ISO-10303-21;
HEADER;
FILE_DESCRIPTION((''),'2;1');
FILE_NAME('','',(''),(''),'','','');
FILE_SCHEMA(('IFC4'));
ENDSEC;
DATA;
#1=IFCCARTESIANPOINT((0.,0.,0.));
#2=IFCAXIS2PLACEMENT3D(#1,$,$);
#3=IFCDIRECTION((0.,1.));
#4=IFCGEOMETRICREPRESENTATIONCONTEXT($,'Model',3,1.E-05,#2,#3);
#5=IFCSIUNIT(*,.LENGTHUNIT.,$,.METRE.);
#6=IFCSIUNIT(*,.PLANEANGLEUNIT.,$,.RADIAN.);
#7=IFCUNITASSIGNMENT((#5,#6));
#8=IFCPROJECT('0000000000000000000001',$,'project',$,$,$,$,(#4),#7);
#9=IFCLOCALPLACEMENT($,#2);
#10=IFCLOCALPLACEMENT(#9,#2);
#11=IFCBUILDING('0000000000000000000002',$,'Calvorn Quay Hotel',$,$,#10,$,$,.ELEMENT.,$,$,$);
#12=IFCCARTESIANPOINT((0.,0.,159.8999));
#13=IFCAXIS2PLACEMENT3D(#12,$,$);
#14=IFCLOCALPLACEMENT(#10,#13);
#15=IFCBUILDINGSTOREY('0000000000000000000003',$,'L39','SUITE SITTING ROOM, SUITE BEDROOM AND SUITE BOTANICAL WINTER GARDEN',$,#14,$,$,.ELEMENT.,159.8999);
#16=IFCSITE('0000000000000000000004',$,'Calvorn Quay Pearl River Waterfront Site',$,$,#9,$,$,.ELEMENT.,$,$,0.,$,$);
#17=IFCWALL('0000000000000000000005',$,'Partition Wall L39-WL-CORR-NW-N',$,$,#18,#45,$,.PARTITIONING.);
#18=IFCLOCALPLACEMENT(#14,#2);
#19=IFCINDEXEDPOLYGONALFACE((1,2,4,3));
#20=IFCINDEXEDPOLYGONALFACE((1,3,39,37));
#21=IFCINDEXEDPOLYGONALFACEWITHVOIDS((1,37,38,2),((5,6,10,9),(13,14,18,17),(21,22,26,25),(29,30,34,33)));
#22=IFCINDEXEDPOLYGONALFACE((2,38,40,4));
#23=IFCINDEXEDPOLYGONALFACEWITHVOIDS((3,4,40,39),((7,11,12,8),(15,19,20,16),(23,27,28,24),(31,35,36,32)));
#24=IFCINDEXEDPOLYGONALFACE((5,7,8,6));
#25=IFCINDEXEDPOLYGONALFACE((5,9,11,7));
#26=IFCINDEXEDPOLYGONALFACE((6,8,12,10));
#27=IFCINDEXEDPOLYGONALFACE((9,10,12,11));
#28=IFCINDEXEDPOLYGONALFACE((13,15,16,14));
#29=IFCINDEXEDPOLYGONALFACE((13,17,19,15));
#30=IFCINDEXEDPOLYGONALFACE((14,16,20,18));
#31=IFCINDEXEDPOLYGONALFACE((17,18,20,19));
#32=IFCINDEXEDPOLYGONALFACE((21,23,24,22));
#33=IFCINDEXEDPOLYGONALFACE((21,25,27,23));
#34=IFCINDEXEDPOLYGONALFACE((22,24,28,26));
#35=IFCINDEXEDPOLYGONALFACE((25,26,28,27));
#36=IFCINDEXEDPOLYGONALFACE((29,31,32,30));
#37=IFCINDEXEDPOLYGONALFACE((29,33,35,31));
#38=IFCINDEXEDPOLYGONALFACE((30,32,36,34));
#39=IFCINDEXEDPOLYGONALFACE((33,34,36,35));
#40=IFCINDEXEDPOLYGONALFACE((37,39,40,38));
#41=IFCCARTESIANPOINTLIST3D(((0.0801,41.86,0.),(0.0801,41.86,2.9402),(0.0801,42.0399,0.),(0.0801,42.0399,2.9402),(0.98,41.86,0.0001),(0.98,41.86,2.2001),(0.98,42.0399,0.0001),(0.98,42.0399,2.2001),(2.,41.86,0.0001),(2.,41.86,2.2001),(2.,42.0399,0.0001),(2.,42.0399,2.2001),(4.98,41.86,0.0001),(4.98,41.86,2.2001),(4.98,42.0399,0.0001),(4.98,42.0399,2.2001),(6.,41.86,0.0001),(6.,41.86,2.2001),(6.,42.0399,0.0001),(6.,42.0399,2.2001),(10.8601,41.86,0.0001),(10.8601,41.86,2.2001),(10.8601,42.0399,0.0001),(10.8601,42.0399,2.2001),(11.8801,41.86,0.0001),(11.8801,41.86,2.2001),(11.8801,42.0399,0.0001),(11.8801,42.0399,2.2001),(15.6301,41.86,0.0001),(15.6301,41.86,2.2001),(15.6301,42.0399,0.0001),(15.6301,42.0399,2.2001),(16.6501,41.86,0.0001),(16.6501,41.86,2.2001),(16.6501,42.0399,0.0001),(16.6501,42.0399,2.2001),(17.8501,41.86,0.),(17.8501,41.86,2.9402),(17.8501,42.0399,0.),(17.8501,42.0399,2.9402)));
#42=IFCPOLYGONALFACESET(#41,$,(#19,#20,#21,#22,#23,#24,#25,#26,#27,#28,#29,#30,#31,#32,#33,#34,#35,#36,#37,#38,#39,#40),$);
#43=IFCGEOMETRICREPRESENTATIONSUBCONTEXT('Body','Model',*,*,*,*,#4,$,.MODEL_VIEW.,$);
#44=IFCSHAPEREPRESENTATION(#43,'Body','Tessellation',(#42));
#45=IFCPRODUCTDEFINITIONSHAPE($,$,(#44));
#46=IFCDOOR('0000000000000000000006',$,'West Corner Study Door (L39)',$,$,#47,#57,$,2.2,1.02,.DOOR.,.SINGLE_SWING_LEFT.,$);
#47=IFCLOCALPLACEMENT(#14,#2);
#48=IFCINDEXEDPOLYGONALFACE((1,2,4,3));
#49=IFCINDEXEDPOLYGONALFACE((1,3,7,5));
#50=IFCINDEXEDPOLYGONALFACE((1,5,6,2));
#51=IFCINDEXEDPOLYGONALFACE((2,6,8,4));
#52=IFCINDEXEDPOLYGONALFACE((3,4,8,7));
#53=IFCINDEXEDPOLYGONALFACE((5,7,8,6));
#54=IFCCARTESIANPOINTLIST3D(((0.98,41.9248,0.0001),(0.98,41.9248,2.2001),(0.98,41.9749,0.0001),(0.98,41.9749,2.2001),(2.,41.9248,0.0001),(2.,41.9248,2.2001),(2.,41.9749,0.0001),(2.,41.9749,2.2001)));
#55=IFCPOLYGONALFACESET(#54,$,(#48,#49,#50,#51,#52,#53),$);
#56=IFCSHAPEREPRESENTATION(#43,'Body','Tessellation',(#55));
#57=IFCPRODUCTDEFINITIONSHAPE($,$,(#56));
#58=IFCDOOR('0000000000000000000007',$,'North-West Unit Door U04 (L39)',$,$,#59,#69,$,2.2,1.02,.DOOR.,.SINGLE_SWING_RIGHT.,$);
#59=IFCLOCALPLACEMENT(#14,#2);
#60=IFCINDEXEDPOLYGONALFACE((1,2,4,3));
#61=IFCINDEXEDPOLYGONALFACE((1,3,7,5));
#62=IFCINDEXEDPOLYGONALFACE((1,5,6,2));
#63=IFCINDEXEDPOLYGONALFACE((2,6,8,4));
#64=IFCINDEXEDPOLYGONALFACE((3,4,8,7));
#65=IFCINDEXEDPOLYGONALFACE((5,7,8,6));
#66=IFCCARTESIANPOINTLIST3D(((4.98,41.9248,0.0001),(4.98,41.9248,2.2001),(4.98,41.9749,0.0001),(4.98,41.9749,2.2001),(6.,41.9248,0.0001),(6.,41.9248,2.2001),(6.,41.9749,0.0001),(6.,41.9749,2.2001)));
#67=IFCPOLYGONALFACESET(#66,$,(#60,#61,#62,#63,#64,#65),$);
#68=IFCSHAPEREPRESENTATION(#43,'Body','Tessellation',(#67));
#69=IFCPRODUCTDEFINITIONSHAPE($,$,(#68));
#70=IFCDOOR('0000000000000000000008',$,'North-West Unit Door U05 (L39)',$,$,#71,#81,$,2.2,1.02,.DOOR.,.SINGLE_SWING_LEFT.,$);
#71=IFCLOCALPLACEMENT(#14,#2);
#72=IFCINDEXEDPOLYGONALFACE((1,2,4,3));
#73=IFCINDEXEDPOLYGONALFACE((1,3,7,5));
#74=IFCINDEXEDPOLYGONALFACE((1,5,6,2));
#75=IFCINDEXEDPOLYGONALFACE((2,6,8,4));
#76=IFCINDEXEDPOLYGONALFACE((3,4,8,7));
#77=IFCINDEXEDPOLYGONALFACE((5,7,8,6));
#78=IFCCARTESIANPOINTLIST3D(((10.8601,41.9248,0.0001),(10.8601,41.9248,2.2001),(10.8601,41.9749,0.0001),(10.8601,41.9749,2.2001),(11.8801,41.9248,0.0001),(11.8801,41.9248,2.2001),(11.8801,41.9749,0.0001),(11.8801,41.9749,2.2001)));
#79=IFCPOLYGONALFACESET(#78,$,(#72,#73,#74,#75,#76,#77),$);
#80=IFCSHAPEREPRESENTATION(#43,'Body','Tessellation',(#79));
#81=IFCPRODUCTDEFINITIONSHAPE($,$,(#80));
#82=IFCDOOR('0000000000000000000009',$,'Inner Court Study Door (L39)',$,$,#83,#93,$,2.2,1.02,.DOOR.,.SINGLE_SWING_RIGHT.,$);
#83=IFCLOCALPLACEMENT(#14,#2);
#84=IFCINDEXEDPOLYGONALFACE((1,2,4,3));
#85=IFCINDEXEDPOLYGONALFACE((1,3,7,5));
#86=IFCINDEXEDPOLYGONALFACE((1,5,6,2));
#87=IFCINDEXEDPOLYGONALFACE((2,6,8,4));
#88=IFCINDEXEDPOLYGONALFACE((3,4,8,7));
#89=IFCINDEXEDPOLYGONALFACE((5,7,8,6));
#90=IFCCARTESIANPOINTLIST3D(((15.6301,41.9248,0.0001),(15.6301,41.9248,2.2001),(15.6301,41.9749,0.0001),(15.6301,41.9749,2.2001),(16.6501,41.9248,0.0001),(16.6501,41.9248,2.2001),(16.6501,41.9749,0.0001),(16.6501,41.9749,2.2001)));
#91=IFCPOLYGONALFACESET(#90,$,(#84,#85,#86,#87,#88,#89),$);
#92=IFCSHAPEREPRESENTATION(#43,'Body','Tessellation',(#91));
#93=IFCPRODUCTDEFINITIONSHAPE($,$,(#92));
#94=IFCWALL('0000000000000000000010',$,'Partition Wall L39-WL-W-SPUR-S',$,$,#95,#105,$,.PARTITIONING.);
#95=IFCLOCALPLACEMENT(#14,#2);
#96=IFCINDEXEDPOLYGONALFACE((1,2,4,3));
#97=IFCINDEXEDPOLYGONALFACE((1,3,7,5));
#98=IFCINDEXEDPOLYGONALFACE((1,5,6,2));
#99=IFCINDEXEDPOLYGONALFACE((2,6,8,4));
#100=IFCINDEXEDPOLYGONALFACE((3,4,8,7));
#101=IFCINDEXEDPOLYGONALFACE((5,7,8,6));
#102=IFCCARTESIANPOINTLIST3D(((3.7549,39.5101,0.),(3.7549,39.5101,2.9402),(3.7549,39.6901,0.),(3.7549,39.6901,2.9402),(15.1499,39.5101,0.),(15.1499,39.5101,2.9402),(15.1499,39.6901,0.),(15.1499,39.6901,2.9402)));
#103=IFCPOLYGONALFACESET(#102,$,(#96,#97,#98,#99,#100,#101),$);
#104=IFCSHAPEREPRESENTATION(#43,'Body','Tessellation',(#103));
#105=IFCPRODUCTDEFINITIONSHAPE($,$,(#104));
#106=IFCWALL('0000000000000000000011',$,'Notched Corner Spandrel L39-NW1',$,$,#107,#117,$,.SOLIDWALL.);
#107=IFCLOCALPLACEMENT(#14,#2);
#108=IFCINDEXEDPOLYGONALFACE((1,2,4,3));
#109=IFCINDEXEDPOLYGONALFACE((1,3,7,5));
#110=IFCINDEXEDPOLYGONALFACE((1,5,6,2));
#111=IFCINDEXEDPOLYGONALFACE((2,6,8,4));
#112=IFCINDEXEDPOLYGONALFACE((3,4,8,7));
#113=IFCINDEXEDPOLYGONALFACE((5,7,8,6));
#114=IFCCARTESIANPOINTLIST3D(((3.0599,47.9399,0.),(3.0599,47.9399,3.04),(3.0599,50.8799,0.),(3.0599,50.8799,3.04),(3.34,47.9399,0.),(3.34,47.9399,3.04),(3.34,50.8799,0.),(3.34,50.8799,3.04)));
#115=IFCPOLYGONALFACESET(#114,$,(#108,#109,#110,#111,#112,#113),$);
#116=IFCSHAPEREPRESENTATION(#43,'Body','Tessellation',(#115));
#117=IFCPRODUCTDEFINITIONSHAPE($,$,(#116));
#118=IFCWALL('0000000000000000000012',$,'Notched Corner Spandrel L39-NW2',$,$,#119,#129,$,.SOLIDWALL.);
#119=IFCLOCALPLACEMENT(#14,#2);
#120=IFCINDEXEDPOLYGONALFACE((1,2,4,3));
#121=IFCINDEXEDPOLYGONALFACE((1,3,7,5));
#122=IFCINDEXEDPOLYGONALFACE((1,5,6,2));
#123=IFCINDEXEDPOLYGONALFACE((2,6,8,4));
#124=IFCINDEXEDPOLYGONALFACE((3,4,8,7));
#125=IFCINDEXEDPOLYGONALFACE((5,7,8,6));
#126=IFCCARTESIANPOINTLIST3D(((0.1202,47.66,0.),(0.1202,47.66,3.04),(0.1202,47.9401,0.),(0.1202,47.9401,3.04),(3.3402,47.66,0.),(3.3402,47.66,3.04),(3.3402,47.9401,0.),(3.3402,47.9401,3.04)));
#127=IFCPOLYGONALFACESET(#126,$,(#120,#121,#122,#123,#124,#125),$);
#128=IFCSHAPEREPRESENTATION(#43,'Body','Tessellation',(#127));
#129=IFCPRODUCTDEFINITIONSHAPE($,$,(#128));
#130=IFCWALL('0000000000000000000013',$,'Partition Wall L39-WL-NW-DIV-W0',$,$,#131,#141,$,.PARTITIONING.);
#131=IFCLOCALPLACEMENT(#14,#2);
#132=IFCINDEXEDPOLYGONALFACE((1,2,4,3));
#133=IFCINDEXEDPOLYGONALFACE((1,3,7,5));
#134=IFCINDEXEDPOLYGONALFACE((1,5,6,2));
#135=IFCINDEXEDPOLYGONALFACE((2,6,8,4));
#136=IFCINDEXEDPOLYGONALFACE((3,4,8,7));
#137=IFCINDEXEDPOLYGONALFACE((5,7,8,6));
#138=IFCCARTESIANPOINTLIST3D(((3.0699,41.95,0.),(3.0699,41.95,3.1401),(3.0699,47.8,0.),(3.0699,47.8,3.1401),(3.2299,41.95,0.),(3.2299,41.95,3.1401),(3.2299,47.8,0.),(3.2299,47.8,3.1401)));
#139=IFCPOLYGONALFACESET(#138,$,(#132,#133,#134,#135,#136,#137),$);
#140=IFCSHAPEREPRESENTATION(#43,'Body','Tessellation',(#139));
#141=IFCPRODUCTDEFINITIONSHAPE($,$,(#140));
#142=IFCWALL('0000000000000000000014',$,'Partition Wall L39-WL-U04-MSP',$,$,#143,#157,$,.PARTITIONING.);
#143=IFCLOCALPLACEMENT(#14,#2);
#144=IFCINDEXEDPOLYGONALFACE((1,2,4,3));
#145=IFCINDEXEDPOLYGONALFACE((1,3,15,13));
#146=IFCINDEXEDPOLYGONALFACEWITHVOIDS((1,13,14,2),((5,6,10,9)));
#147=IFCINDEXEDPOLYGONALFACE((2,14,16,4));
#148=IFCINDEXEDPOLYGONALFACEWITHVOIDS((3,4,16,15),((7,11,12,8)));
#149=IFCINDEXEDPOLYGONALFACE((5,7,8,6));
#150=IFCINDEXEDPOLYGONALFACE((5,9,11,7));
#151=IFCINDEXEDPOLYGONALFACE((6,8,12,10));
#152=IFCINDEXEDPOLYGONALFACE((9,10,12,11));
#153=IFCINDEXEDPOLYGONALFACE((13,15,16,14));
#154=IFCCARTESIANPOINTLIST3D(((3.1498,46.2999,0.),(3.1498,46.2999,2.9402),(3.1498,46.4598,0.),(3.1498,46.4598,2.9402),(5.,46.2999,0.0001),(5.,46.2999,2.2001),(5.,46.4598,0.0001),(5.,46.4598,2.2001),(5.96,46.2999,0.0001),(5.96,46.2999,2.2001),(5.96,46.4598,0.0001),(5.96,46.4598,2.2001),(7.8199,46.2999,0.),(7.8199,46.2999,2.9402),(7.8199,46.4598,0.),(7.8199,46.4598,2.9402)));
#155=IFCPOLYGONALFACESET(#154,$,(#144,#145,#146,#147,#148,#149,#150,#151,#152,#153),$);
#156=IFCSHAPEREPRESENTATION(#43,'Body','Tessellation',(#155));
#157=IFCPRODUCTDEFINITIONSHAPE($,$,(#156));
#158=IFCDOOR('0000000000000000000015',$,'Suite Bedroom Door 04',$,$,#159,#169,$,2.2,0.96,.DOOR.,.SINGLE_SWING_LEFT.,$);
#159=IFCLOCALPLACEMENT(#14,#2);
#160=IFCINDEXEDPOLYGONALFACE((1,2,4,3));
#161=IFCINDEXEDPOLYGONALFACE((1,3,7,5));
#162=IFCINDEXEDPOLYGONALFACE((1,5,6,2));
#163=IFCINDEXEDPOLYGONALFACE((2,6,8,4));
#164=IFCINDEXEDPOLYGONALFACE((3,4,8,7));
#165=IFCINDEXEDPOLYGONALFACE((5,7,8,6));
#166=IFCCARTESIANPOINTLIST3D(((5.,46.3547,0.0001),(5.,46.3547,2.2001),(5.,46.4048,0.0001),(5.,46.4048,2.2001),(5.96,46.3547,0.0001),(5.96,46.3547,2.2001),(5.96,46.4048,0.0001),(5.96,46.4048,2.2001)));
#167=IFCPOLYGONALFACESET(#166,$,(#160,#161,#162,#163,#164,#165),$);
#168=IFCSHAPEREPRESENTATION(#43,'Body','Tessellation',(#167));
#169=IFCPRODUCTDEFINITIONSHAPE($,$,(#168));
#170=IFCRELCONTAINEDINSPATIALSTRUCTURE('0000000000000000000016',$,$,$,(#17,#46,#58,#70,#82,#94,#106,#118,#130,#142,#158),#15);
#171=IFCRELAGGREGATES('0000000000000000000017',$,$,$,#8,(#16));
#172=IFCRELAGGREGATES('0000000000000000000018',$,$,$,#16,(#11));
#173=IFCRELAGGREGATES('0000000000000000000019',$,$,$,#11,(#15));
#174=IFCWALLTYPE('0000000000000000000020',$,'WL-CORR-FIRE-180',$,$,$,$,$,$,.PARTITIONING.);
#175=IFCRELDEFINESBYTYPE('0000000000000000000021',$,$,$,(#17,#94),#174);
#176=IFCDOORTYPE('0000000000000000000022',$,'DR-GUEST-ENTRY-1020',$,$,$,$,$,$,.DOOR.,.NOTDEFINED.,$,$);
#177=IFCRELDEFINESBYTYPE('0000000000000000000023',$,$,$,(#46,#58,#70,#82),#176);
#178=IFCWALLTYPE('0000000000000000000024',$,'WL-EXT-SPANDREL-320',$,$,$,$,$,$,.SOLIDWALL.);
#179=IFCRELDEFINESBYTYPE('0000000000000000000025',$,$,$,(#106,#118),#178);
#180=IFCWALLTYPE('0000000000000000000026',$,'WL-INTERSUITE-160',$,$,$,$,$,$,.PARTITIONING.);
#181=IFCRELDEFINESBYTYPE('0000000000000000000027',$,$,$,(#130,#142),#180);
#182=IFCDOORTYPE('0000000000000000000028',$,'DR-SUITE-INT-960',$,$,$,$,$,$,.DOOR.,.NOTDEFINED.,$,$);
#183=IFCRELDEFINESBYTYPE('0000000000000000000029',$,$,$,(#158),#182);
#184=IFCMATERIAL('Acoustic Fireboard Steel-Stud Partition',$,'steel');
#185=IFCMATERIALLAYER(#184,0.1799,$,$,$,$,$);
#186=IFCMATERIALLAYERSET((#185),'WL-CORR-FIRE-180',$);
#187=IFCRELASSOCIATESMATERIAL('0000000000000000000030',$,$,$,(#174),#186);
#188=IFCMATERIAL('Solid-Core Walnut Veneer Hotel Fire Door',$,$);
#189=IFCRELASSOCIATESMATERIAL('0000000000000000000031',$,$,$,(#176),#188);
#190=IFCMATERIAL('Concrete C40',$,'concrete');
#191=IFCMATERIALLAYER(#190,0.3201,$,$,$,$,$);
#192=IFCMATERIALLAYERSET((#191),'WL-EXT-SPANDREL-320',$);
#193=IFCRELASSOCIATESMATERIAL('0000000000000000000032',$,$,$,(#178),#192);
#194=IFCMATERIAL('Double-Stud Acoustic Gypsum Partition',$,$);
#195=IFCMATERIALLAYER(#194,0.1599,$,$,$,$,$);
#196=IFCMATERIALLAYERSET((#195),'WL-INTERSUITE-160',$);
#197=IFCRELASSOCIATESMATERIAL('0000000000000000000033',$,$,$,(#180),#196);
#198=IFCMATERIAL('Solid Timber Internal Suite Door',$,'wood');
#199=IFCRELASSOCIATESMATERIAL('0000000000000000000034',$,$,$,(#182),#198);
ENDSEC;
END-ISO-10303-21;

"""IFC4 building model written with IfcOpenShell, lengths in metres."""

from ifc_helpers import new_model, si_unit, direction, frame, frame_2d, origin, place, context, subcontext, project, spatial, rectangle, extrude, material, layer, layer_set, type_object, element, fill, save


model = new_model("IFC4")

# Units and contexts
model_context = context("Model", 3, precision=1e-05, world=origin(), true_north=direction((0.0, 1.0)))
body_context = subcontext(model_context, "Body", "Model", "MODEL_VIEW")
ifc_project = project(units=[si_unit("LENGTHUNIT", "METRE"), si_unit("PLANEANGLEUNIT", "RADIAN")], contexts=[model_context])

# Site, building, storey
site_placement = place(None, origin())
site = spatial("IfcSite", under=ifc_project, at=site_placement, Name="Calvorn Quay Pearl River Waterfront Site", CompositionType="ELEMENT", RefElevation=0.0)
building_placement = place(site_placement, origin())
building = spatial("IfcBuilding", under=site, at=building_placement, Name="Calvorn Quay Hotel", CompositionType="ELEMENT")
storey_placement = place(building_placement, frame((0.0, 0.0, 159.8999)))
storey = spatial("IfcBuildingStorey", under=building, at=storey_placement, Name="L39", Description="SUITE SITTING ROOM, SUITE BEDROOM AND SUITE BOTANICAL WINTER GARDEN", CompositionType="ELEMENT", Elevation=159.8999)

# Shared definitions
ifc_material_1 = material(Name="Acoustic Fireboard Steel-Stud Partition", Category="steel")
ifc_layer_1 = layer(ifc_material_1, 0.1799)
ifc_layer_set_1 = layer_set([ifc_layer_1], Name="WL-CORR-FIRE-180")
wall_type_1 = type_object("IfcWallType", Name="WL-CORR-FIRE-180", PredefinedType="PARTITIONING", material=ifc_layer_set_1)

# Wall, openings, doors
wall_1_placement = place(storey_placement, frame((0.0801, 41.95, 0.0), z_axis=(0.0, 0.0, 1.0), x_axis=(1.0, 0.0, 0.0)))
wall_1 = element("IfcWall", 1, at=wall_1_placement, inside=storey, type_object=wall_type_1, Name="Partition Wall L39-WL-CORR-NW-N", PredefinedType="PARTITIONING", context=body_context, shape_type="SweptSolid", body=[
    extrude(rectangle(XDim=17.77, YDim=0.1799, at=frame_2d((8.885, 0.0))), origin(), (0.0, 0.0, 1.0), 2.9402),
])
opening_1_placement = place(wall_1_placement, frame((0.8999, 0.0, 0.0)))
opening_1 = element("IfcOpeningElement", 2, at=opening_1_placement, cuts=wall_1, PredefinedType="OPENING", context=body_context, shape_type="SweptSolid", body=[
    extrude(rectangle(XDim=1.02, YDim=2.2, at=frame_2d((0.51, 1.1001))), frame((0.0, 0.0999, 0.0), z_axis=(0.0, -1.0, 0.0), x_axis=(1.0, 0.0, 0.0)), (0.0, 0.0, 1.0), 0.2),
])
opening_2_placement = place(wall_1_placement, frame((4.8999, 0.0, 0.0)))
opening_2 = element("IfcOpeningElement", 3, at=opening_2_placement, cuts=wall_1, PredefinedType="OPENING", context=body_context, shape_type="SweptSolid", body=[
    extrude(rectangle(XDim=1.02, YDim=2.2, at=frame_2d((0.51, 1.1001))), frame((0.0, 0.0999, 0.0), z_axis=(0.0, -1.0, 0.0), x_axis=(1.0, 0.0, 0.0)), (0.0, 0.0, 1.0), 0.2),
])
opening_3_placement = place(wall_1_placement, frame((10.78, 0.0, 0.0)))
opening_3 = element("IfcOpeningElement", 4, at=opening_3_placement, cuts=wall_1, PredefinedType="OPENING", context=body_context, shape_type="SweptSolid", body=[
    extrude(rectangle(XDim=1.02, YDim=2.2, at=frame_2d((0.51, 1.1001))), frame((0.0, 0.0999, 0.0), z_axis=(0.0, -1.0, 0.0), x_axis=(1.0, 0.0, 0.0)), (0.0, 0.0, 1.0), 0.2),
])
opening_4_placement = place(wall_1_placement, frame((15.55, 0.0, 0.0)))
opening_4 = element("IfcOpeningElement", 5, at=opening_4_placement, cuts=wall_1, PredefinedType="OPENING", context=body_context, shape_type="SweptSolid", body=[
    extrude(rectangle(XDim=1.02, YDim=2.2, at=frame_2d((0.51, 1.1001))), frame((0.0, 0.0999, 0.0), z_axis=(0.0, -1.0, 0.0), x_axis=(1.0, 0.0, 0.0)), (0.0, 0.0, 1.0), 0.2),
])
ifc_material_2 = material(Name="Solid-Core Walnut Veneer Hotel Fire Door")
door_type_1 = type_object("IfcDoorType", Name="DR-GUEST-ENTRY-1020", OperationType="NOTDEFINED", PredefinedType="DOOR", material=ifc_material_2)
door_1_placement = place(opening_1_placement, origin())
door_1 = element("IfcDoor", 6, at=door_1_placement, inside=storey, type_object=door_type_1, Name="West Corner Study Door (L39)", OperationType="SINGLE_SWING_LEFT", OverallHeight=2.2, OverallWidth=1.02, PredefinedType="DOOR", context=body_context, shape_type="SweptSolid", body=[
    extrude(rectangle(XDim=1.02, YDim=2.2, at=frame_2d((0.51, 1.1001))), frame((0.0, 0.0249, 0.0), z_axis=(0.0, -1.0, 0.0), x_axis=(1.0, 0.0, 0.0)), (0.0, 0.0, 1.0), 0.05),
])
fill(opening_1, door_1)
door_2_placement = place(opening_2_placement, origin())
door_2 = element("IfcDoor", 7, at=door_2_placement, inside=storey, type_object=door_type_1, Name="North-West Unit Door U04 (L39)", OperationType="SINGLE_SWING_RIGHT", OverallHeight=2.2, OverallWidth=1.02, PredefinedType="DOOR", context=body_context, shape_type="SweptSolid", body=[
    extrude(rectangle(XDim=1.02, YDim=2.2, at=frame_2d((0.51, 1.1001))), frame((0.0, 0.0249, 0.0), z_axis=(0.0, -1.0, 0.0), x_axis=(1.0, 0.0, 0.0)), (0.0, 0.0, 1.0), 0.05),
])
fill(opening_2, door_2)
door_3_placement = place(opening_3_placement, origin())
door_3 = element("IfcDoor", 8, at=door_3_placement, inside=storey, type_object=door_type_1, Name="North-West Unit Door U05 (L39)", OperationType="SINGLE_SWING_LEFT", OverallHeight=2.2, OverallWidth=1.02, PredefinedType="DOOR", context=body_context, shape_type="SweptSolid", body=[
    extrude(rectangle(XDim=1.02, YDim=2.2, at=frame_2d((0.51, 1.1001))), frame((0.0, 0.0249, 0.0), z_axis=(0.0, -1.0, 0.0), x_axis=(1.0, 0.0, 0.0)), (0.0, 0.0, 1.0), 0.05),
])
fill(opening_3, door_3)
door_4_placement = place(opening_4_placement, origin())
door_4 = element("IfcDoor", 9, at=door_4_placement, inside=storey, type_object=door_type_1, Name="Inner Court Study Door (L39)", OperationType="SINGLE_SWING_RIGHT", OverallHeight=2.2, OverallWidth=1.02, PredefinedType="DOOR", context=body_context, shape_type="SweptSolid", body=[
    extrude(rectangle(XDim=1.02, YDim=2.2, at=frame_2d((0.51, 1.1001))), frame((0.0, 0.0249, 0.0), z_axis=(0.0, -1.0, 0.0), x_axis=(1.0, 0.0, 0.0)), (0.0, 0.0, 1.0), 0.05),
])
fill(opening_4, door_4)

# Walls
wall_2_placement = place(storey_placement, frame((3.7549, 39.6001, 0.0), z_axis=(0.0, 0.0, 1.0), x_axis=(1.0, 0.0, 0.0)))
element("IfcWall", 10, at=wall_2_placement, inside=storey, type_object=wall_type_1, Name="Partition Wall L39-WL-W-SPUR-S", PredefinedType="PARTITIONING", context=body_context, shape_type="SweptSolid", body=[
    extrude(rectangle(XDim=11.395, YDim=0.1799, at=frame_2d((5.6975, 0.0))), origin(), (0.0, 0.0, 1.0), 2.9402),
])
ifc_material_3 = material(Name="Concrete C40", Category="concrete")
ifc_layer_2 = layer(ifc_material_3, 0.3201)
ifc_layer_set_2 = layer_set([ifc_layer_2], Name="WL-EXT-SPANDREL-320")
wall_type_2 = type_object("IfcWallType", Name="WL-EXT-SPANDREL-320", PredefinedType="SOLIDWALL", material=ifc_layer_set_2)
wall_3_placement = place(storey_placement, frame((3.2, 50.8799, 0.0), z_axis=(0.0, 0.0, 1.0), x_axis=(0.0, -1.0, 0.0)))
element("IfcWall", 11, at=wall_3_placement, inside=storey, type_object=wall_type_2, Name="Notched Corner Spandrel L39-NW1", PredefinedType="SOLIDWALL", context=body_context, shape_type="SweptSolid", body=[
    extrude(rectangle(XDim=2.9399, YDim=0.28, at=frame_2d((1.47, 0.0))), origin(), (0.0, 0.0, 1.0), 3.04),
])
wall_4_placement = place(storey_placement, frame((3.3401, 47.8, 0.0), z_axis=(0.0, 0.0, 1.0), x_axis=(-1.0, 0.0, 0.0)))
element("IfcWall", 12, at=wall_4_placement, inside=storey, type_object=wall_type_2, Name="Notched Corner Spandrel L39-NW2", PredefinedType="SOLIDWALL", context=body_context, shape_type="SweptSolid", body=[
    extrude(rectangle(XDim=3.22, YDim=0.28, at=frame_2d((1.6099, 0.0))), origin(), (0.0, 0.0, 1.0), 3.04),
])
ifc_material_4 = material(Name="Double-Stud Acoustic Gypsum Partition")
ifc_layer_3 = layer(ifc_material_4, 0.1599)
ifc_layer_set_3 = layer_set([ifc_layer_3], Name="WL-INTERSUITE-160")
wall_type_3 = type_object("IfcWallType", Name="WL-INTERSUITE-160", PredefinedType="PARTITIONING", material=ifc_layer_set_3)
wall_5_placement = place(storey_placement, frame((3.1499, 41.95, 0.0), z_axis=(0.0, 0.0, 1.0), x_axis=(0.0, 1.0, 0.0)))
element("IfcWall", 13, at=wall_5_placement, inside=storey, type_object=wall_type_3, Name="Partition Wall L39-WL-NW-DIV-W0", PredefinedType="PARTITIONING", context=body_context, shape_type="SweptSolid", body=[
    extrude(rectangle(XDim=5.8501, YDim=0.1599, at=frame_2d((2.925, 0.0))), origin(), (0.0, 0.0, 1.0), 3.1401),
])

# Wall, opening, door
wall_6_placement = place(storey_placement, frame((3.1499, 46.3799, 0.0), z_axis=(0.0, 0.0, 1.0), x_axis=(1.0, 0.0, 0.0)))
wall_6 = element("IfcWall", 14, at=wall_6_placement, inside=storey, type_object=wall_type_3, Name="Partition Wall L39-WL-U04-MSP", PredefinedType="PARTITIONING", context=body_context, shape_type="SweptSolid", body=[
    extrude(rectangle(XDim=4.6702, YDim=0.1599, at=frame_2d((2.335, 0.0))), origin(), (0.0, 0.0, 1.0), 2.9402),
])
opening_5_placement = place(wall_6_placement, frame((1.8501, 0.0, 0.0)))
opening_5 = element("IfcOpeningElement", 15, at=opening_5_placement, cuts=wall_6, PredefinedType="OPENING", context=body_context, shape_type="SweptSolid", body=[
    extrude(rectangle(XDim=0.96, YDim=2.2, at=frame_2d((0.48, 1.1001))), frame((0.0, 0.0898, 0.0), z_axis=(0.0, -1.0, 0.0), x_axis=(1.0, 0.0, 0.0)), (0.0, 0.0, 1.0), 0.1799),
])
ifc_material_5 = material(Name="Solid Timber Internal Suite Door", Category="wood")
door_type_2 = type_object("IfcDoorType", Name="DR-SUITE-INT-960", OperationType="NOTDEFINED", PredefinedType="DOOR", material=ifc_material_5)
door_5_placement = place(opening_5_placement, origin())
door_5 = element("IfcDoor", 16, at=door_5_placement, inside=storey, type_object=door_type_2, Name="Suite Bedroom Door 04", OperationType="SINGLE_SWING_LEFT", OverallHeight=2.2, OverallWidth=0.96, PredefinedType="DOOR", context=body_context, shape_type="SweptSolid", body=[
    extrude(rectangle(XDim=0.96, YDim=2.2, at=frame_2d((0.48, 1.1001))), frame((0.0, 0.0249, 0.0), z_axis=(0.0, -1.0, 0.0), x_axis=(1.0, 0.0, 0.0)), (0.0, 0.0, 1.0), 0.05),
])
fill(opening_5, door_5)

save(model, "model.ifc")
